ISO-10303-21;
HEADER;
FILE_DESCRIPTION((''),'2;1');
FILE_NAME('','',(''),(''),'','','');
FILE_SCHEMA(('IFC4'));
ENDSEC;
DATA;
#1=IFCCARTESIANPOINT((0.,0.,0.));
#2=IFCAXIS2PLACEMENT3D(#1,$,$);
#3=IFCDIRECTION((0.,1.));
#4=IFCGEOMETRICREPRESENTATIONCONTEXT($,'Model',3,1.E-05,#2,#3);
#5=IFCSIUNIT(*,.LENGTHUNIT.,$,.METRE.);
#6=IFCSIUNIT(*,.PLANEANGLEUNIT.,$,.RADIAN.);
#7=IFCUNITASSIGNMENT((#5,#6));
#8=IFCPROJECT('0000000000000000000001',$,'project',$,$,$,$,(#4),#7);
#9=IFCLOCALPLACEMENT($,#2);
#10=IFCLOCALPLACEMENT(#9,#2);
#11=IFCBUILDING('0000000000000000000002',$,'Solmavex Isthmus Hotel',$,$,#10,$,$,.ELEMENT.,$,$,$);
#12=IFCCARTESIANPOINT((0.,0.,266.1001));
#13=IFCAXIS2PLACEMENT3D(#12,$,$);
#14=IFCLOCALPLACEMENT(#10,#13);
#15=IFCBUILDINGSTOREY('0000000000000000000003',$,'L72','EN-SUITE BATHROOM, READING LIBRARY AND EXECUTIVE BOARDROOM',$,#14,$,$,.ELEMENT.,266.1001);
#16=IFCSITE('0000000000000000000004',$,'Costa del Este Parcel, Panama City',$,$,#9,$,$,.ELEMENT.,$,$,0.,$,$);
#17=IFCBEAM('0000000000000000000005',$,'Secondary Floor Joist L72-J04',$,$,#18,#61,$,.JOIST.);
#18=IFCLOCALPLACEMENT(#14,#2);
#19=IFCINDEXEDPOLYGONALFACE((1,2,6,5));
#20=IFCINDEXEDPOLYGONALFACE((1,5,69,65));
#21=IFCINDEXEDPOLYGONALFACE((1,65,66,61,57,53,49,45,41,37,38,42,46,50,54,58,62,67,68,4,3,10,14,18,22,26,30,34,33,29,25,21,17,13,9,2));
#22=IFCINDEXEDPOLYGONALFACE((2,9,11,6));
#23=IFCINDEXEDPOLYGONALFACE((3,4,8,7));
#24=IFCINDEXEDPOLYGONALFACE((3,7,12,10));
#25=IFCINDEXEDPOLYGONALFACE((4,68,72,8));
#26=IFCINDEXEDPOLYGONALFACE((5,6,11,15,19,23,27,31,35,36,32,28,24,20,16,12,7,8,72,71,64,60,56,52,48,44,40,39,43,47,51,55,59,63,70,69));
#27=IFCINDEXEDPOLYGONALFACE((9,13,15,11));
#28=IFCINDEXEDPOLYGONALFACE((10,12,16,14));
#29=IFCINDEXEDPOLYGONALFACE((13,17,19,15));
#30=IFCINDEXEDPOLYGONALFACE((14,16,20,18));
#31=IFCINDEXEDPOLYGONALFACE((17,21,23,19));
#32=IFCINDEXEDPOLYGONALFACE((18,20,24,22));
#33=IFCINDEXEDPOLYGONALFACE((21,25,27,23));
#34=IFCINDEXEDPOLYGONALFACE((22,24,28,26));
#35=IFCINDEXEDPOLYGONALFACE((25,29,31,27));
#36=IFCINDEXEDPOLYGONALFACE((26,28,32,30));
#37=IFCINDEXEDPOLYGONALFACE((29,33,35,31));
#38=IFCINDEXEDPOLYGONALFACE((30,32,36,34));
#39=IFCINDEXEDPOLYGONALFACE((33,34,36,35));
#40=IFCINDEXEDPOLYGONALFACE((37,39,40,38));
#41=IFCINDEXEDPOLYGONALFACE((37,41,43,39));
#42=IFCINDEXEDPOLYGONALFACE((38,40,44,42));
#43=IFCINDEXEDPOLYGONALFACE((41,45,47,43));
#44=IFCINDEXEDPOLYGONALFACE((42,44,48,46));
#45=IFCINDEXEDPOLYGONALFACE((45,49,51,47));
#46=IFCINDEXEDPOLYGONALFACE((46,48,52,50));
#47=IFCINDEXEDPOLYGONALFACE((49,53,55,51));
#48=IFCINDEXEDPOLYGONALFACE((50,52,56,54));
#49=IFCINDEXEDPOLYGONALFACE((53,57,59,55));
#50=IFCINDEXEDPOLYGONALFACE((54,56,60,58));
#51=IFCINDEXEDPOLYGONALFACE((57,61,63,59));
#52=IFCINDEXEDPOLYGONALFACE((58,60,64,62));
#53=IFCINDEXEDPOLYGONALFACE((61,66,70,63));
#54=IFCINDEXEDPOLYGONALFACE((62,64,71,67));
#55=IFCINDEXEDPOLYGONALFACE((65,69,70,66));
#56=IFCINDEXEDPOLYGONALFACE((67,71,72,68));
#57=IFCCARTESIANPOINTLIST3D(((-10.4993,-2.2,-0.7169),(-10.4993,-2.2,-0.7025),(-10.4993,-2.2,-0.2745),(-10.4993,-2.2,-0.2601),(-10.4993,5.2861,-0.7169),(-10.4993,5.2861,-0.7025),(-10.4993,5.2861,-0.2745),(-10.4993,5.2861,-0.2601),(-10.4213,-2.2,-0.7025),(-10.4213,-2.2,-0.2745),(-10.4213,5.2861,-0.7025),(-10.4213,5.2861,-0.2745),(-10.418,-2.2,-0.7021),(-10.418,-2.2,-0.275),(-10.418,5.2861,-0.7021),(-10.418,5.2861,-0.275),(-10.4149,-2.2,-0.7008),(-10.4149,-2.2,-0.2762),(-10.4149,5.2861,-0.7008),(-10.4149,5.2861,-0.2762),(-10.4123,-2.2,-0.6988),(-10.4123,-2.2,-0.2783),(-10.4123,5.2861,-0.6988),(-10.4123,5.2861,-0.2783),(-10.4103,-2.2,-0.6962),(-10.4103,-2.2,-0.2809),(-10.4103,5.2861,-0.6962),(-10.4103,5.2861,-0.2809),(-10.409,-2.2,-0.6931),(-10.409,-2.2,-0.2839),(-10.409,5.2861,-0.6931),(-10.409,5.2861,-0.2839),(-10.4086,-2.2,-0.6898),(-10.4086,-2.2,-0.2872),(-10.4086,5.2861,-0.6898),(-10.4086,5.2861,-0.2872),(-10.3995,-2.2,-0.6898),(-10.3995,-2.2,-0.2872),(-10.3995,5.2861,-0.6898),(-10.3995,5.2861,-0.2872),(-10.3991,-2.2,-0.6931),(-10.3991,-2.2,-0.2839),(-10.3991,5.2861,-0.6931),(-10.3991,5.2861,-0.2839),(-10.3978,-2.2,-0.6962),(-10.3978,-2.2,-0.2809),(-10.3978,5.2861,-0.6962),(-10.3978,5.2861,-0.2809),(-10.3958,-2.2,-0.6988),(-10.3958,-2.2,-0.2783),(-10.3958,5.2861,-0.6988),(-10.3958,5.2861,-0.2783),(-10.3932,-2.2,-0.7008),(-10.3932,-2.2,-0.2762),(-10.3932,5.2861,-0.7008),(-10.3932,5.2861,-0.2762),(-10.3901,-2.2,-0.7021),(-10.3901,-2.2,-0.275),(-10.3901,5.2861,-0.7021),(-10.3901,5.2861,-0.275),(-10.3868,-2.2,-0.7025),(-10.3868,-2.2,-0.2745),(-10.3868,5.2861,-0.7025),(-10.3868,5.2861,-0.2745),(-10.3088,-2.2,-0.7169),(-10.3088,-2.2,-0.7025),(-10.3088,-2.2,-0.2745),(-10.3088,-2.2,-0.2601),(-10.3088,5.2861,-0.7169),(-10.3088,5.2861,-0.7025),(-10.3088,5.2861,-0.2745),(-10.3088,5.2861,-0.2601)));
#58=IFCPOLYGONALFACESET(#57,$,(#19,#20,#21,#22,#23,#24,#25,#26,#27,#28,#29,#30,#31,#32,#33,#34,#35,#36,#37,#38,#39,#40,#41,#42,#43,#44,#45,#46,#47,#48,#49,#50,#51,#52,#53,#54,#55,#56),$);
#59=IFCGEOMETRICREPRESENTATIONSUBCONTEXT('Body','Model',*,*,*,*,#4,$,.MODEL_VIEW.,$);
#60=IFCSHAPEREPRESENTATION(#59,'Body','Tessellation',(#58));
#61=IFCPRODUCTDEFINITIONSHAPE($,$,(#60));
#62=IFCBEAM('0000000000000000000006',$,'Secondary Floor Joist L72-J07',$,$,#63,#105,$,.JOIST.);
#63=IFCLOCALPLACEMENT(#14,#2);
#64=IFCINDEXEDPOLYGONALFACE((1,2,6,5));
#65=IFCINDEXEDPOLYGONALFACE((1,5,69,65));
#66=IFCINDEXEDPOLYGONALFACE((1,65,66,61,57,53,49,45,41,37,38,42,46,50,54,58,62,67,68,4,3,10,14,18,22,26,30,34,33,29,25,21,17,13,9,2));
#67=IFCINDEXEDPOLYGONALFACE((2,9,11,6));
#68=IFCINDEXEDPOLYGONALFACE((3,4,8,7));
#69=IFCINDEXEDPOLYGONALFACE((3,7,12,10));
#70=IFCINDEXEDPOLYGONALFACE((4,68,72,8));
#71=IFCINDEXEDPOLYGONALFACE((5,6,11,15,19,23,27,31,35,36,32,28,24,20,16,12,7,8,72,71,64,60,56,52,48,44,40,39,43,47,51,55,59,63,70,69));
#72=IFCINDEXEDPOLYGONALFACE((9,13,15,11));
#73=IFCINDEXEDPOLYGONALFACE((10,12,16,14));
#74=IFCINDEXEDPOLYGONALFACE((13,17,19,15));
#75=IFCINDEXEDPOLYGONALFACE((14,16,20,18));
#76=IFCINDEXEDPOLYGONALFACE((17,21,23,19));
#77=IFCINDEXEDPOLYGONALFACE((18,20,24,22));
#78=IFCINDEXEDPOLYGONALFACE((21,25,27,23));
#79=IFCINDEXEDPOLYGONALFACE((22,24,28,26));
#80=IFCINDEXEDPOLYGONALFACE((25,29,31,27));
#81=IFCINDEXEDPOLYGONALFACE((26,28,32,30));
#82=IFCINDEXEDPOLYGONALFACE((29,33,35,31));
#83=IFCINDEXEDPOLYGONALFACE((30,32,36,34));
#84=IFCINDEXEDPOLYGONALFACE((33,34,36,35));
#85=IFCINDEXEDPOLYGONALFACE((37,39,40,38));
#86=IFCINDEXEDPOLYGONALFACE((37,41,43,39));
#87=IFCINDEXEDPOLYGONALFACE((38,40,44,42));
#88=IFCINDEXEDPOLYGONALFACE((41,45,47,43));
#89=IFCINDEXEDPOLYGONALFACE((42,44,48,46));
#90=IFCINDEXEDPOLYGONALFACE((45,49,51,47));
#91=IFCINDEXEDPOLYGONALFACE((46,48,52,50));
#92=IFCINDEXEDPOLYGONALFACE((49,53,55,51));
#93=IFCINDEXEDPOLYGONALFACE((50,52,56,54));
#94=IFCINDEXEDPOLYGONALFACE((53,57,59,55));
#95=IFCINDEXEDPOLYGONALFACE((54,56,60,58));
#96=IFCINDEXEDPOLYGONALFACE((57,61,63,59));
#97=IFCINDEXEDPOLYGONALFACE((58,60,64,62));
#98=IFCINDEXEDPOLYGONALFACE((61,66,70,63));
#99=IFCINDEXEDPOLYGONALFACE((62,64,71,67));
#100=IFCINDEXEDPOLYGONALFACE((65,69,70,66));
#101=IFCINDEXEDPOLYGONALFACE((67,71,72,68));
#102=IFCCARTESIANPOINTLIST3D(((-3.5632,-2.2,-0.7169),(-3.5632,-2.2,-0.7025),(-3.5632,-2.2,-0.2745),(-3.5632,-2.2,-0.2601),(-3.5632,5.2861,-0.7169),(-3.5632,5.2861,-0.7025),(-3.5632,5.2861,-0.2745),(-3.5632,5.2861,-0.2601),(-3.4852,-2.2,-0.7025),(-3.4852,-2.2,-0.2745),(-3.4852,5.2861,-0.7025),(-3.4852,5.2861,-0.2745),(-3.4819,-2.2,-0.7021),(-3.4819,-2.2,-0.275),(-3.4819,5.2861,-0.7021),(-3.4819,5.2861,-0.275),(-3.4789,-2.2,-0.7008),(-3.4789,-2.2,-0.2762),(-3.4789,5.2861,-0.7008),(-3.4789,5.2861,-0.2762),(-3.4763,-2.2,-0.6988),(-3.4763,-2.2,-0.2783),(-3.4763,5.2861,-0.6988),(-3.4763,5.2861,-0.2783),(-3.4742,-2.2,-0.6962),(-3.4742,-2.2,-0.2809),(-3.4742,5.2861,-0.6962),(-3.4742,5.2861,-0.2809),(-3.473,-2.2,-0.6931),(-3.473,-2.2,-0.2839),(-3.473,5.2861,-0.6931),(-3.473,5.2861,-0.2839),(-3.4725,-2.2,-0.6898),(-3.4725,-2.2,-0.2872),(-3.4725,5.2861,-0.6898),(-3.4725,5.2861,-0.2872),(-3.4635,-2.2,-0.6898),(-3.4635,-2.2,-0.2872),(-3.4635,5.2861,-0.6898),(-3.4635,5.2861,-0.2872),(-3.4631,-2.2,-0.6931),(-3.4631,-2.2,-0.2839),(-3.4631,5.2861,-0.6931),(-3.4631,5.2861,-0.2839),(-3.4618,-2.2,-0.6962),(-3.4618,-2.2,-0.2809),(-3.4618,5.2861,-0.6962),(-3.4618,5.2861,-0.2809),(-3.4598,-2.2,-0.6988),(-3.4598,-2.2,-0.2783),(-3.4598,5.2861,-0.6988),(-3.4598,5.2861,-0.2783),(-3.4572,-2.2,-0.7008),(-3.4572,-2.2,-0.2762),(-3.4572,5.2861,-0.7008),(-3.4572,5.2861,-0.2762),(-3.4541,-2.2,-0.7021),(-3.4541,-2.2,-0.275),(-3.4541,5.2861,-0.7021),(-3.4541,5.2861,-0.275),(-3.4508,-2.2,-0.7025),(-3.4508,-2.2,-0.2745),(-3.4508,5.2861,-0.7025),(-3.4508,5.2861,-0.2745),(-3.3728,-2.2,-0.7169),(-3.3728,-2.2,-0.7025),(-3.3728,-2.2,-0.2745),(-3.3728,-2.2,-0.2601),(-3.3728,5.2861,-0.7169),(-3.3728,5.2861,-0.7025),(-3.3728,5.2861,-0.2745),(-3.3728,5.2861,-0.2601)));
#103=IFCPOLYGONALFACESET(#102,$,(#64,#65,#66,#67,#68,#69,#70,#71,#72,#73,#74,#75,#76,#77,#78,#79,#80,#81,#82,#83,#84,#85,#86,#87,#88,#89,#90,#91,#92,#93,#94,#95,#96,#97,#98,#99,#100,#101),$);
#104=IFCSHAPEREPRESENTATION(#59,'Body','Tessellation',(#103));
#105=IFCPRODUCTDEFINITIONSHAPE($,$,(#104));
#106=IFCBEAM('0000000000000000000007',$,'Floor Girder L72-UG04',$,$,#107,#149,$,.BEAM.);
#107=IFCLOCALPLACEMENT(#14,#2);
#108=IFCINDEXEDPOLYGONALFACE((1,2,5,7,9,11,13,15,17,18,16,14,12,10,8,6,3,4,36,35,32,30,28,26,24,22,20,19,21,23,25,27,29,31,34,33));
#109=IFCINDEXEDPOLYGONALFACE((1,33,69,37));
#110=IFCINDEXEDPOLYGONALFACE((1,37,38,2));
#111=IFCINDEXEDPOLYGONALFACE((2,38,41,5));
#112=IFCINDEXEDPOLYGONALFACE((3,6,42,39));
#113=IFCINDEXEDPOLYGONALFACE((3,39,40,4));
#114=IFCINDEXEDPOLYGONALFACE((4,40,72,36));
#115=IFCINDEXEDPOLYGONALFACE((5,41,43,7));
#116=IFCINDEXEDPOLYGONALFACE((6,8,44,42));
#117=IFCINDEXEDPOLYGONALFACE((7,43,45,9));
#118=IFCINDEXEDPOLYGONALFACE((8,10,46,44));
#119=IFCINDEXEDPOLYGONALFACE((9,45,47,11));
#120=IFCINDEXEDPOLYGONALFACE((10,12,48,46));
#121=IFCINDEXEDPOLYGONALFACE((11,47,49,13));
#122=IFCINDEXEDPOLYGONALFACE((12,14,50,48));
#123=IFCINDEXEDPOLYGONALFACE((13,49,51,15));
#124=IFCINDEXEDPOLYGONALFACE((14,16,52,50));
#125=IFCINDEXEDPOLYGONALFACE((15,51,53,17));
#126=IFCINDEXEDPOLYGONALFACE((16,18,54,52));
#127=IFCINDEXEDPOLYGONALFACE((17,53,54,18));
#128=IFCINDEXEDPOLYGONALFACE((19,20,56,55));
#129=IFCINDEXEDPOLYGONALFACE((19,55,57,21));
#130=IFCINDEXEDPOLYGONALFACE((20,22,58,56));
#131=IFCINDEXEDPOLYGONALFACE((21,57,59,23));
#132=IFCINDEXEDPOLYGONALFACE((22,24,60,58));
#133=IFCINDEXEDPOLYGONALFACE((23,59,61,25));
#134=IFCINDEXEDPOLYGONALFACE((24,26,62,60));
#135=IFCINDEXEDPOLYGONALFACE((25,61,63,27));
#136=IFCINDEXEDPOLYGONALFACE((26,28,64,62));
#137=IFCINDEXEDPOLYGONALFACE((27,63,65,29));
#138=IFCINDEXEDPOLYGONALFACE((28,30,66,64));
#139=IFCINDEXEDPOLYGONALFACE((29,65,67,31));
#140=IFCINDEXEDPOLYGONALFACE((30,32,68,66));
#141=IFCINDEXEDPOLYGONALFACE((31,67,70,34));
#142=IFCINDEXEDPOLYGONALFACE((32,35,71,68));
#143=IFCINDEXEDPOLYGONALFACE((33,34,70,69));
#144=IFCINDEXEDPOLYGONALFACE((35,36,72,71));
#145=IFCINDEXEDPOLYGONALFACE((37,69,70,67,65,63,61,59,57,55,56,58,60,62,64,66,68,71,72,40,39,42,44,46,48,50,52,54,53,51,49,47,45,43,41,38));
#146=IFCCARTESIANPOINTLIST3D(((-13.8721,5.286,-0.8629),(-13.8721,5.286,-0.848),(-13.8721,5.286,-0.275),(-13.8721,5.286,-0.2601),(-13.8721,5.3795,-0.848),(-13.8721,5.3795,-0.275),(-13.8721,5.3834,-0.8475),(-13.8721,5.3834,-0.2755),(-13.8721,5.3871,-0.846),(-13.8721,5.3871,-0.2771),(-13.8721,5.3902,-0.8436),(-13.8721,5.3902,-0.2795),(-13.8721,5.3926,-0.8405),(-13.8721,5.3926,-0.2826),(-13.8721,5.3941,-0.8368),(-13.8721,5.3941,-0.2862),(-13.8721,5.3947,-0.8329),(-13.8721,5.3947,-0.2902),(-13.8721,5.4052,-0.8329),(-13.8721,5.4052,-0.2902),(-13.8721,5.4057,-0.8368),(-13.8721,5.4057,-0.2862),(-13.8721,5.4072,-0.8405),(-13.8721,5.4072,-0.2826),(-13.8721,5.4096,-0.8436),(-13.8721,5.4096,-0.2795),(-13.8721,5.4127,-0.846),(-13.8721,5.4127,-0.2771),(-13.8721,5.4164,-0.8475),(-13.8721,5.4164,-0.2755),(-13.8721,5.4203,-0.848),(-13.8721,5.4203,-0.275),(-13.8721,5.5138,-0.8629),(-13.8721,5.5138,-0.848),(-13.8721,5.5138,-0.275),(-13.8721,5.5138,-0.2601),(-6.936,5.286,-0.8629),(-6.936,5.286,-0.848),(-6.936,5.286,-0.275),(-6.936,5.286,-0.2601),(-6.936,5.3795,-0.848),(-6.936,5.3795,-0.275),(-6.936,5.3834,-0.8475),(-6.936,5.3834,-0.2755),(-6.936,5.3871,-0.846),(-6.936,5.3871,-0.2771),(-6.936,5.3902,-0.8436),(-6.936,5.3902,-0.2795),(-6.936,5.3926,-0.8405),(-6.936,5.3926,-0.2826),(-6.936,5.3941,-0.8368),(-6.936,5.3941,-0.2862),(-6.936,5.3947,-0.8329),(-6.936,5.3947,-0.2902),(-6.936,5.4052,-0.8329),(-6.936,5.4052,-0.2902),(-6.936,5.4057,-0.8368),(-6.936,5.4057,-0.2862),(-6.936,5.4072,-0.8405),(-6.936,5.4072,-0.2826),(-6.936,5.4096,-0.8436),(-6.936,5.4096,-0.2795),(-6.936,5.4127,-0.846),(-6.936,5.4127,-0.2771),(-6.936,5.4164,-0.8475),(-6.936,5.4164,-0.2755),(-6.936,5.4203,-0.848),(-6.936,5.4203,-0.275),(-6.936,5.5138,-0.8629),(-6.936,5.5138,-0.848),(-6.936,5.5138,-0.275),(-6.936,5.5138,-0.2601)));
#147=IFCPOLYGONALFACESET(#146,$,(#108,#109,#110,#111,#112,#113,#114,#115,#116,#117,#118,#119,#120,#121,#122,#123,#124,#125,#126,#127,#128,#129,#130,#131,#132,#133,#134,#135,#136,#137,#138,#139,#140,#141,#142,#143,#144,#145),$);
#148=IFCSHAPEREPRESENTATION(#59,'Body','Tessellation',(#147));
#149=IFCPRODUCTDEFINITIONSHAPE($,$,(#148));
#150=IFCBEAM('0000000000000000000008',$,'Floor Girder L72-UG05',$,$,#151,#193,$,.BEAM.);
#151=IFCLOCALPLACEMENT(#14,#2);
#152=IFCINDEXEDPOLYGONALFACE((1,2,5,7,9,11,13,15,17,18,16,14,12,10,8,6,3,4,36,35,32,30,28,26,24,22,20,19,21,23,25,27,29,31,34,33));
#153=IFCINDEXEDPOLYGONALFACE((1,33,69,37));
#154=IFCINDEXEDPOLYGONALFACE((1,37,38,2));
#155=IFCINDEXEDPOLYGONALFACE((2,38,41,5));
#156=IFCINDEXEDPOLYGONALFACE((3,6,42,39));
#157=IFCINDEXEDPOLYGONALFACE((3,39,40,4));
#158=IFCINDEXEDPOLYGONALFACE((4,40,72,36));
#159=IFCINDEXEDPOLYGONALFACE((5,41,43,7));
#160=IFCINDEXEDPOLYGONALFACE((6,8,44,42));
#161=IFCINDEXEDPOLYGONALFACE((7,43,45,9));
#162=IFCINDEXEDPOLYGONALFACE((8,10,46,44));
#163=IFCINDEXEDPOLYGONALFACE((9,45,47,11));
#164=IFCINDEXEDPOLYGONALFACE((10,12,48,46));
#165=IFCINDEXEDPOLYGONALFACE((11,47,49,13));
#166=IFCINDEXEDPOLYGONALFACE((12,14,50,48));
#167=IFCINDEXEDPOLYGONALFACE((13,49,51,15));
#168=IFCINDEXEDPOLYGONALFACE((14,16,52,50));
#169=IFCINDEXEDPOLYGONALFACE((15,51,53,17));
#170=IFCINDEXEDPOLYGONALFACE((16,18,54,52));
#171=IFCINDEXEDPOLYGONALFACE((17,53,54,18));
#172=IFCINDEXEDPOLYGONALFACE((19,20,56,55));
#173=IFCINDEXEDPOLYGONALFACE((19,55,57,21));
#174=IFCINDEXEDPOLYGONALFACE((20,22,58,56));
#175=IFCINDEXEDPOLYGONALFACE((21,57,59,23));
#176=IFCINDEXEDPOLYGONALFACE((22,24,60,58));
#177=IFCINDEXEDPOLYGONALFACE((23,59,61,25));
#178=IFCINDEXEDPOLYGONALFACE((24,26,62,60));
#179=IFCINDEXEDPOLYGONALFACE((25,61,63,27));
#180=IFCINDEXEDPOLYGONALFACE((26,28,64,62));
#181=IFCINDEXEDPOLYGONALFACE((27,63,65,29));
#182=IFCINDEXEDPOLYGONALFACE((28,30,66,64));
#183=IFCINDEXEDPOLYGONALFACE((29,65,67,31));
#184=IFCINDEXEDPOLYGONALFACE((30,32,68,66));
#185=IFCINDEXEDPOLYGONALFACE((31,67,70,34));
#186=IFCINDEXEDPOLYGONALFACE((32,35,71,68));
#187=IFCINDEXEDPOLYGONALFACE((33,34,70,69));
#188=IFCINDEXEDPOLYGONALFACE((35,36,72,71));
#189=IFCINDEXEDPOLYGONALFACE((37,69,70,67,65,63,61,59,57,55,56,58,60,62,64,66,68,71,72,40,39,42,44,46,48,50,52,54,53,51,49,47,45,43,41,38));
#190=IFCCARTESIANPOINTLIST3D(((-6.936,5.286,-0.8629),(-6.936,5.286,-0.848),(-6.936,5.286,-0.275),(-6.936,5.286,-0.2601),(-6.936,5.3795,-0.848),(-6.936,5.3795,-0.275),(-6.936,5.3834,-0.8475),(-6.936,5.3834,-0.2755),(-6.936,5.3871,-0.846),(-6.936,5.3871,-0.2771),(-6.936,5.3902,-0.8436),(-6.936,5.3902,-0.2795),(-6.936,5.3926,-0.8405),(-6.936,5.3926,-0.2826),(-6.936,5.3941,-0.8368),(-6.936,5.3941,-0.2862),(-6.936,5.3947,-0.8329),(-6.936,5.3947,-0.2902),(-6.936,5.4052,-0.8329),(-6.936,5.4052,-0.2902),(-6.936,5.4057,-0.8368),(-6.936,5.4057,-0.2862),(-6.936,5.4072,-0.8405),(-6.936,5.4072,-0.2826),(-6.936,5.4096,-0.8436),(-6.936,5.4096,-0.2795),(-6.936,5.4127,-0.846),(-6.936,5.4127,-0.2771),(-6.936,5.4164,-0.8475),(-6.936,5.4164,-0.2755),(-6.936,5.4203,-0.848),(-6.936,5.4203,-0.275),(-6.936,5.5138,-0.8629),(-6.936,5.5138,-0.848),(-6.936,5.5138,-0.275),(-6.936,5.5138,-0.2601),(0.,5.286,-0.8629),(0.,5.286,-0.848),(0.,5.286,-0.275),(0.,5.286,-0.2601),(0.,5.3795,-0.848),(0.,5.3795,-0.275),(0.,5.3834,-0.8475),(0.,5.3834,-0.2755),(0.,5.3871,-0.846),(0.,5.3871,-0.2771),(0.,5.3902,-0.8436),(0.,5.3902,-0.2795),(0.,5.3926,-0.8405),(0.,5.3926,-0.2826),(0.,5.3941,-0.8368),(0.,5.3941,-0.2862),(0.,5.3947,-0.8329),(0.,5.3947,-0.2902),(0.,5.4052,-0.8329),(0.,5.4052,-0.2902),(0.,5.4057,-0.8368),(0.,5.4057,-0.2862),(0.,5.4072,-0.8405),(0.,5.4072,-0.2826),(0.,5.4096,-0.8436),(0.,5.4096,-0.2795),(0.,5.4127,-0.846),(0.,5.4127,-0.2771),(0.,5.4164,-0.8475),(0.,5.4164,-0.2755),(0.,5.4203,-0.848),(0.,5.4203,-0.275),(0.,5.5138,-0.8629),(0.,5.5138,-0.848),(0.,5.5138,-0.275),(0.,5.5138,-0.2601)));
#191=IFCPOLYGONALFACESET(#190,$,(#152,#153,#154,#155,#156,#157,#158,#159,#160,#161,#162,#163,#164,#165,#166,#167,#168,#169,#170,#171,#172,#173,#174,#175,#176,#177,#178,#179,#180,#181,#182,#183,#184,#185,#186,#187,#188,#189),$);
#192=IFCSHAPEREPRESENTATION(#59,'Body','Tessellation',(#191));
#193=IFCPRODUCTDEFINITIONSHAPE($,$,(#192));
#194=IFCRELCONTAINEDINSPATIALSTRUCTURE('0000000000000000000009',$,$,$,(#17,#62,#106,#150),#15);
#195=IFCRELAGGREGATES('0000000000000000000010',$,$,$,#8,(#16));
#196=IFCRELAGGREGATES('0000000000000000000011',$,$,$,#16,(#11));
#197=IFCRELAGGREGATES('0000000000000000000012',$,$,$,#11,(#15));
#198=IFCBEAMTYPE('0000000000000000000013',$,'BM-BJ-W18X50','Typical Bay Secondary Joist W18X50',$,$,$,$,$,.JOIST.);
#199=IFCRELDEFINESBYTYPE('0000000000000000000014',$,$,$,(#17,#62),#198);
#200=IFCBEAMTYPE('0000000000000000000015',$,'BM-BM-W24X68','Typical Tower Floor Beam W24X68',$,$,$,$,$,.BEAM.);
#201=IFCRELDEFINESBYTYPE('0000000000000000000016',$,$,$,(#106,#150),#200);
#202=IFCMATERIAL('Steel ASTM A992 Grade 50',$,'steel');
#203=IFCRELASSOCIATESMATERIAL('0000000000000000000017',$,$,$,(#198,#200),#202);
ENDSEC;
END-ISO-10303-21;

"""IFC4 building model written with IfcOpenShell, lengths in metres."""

from ifc_helpers import new_model, si_unit, direction, frame, origin, origin_2d, place, context, subcontext, project, spatial, i_section, extrude, material, material_profile, profile_set, type_object, element, save


model = new_model("IFC4")

# Units and contexts
model_context = context("Model", 3, precision=1e-05, world=origin(), true_north=direction((0.0, 1.0)))
body_context = subcontext(model_context, "Body", "Model", "MODEL_VIEW")
ifc_project = project(units=[si_unit("LENGTHUNIT", "METRE"), si_unit("PLANEANGLEUNIT", "RADIAN")], contexts=[model_context])

# Site, building, storey
site_placement = place(None, origin())
site = spatial("IfcSite", under=ifc_project, at=site_placement, Name="Costa del Este Parcel, Panama City", CompositionType="ELEMENT", RefElevation=0.0)
building_placement = place(site_placement, origin())
building = spatial("IfcBuilding", under=site, at=building_placement, Name="Solmavex Isthmus Hotel", CompositionType="ELEMENT")
storey_placement = place(building_placement, frame((0.0, 0.0, 266.1001)))
storey = spatial("IfcBuildingStorey", under=building, at=storey_placement, Name="L72", Description="EN-SUITE BATHROOM, READING LIBRARY AND EXECUTIVE BOARDROOM", CompositionType="ELEMENT", Elevation=266.1001)

# Beams
ifc_material_1 = material(Name="Steel ASTM A992 Grade 50", Category="steel")
ifc_material_profile_1 = material_profile(ifc_material_1, i_section(OverallWidth=0.1904, OverallDepth=0.4568, WebThickness=0.009, FlangeThickness=0.0144, FilletRadius=0.0127, at=origin_2d()), Name="W18X50")
ifc_profile_set_1 = profile_set([ifc_material_profile_1], Name="Steel ASTM A992 Grade 50")
beam_type_1 = type_object("IfcBeamType", Name="BM-BJ-W18X50", Description="Typical Bay Secondary Joist W18X50", PredefinedType="JOIST", material=ifc_profile_set_1)
for number, where, z_axis, x_axis, name in (
    (1, (-10.4041, -2.2, -0.4885), (0.0, 1.0, 0.0), (-1.0, 0.0, 0.0), "Secondary Floor Joist L72-J04"),
    (2, (-3.468, -2.2, -0.4885), (0.0, 1.0, 0.0), (-1.0, 0.0, 0.0), "Secondary Floor Joist L72-J07"),
):
    element("IfcBeam", number, at=place(storey_placement, frame(where, z_axis=z_axis, x_axis=x_axis)), inside=storey, type_object=beam_type_1, Name=name, PredefinedType="JOIST", context=body_context, shape_type="SweptSolid", body=[
        extrude(i_section(OverallWidth=0.1904, OverallDepth=0.4568, WebThickness=0.009, FlangeThickness=0.0144, FilletRadius=0.0127, at=origin_2d()), origin(), (0.0, 0.0, 1.0), 7.4861),
    ])
ifc_material_profile_2 = material_profile(ifc_material_1, i_section(OverallWidth=0.2278, OverallDepth=0.6028, WebThickness=0.0105, FlangeThickness=0.0149, FilletRadius=0.0151, at=origin_2d()), Name="W24X68")
ifc_profile_set_2 = profile_set([ifc_material_profile_2], Name="Steel ASTM A992 Grade 50")
beam_type_2 = type_object("IfcBeamType", Name="BM-BM-W24X68", Description="Typical Tower Floor Beam W24X68", PredefinedType="BEAM", material=ifc_profile_set_2)
for number, where, z_axis, x_axis, name in (
    (3, (-13.8721, 5.3999, -0.5615), (1.0, 0.0, 0.0), (0.0, 1.0, 0.0), "Floor Girder L72-UG04"),
    (4, (-6.936, 5.3999, -0.5615), (1.0, 0.0, 0.0), (0.0, 1.0, 0.0), "Floor Girder L72-UG05"),
):
    element("IfcBeam", number, at=place(storey_placement, frame(where, z_axis=z_axis, x_axis=x_axis)), inside=storey, type_object=beam_type_2, Name=name, PredefinedType="BEAM", context=body_context, shape_type="SweptSolid", body=[
        extrude(i_section(OverallWidth=0.2278, OverallDepth=0.6028, WebThickness=0.0105, FlangeThickness=0.0149, FilletRadius=0.0151, at=origin_2d()), origin(), (0.0, 0.0, 1.0), 6.936),
    ])

save(model, "model.ifc")
